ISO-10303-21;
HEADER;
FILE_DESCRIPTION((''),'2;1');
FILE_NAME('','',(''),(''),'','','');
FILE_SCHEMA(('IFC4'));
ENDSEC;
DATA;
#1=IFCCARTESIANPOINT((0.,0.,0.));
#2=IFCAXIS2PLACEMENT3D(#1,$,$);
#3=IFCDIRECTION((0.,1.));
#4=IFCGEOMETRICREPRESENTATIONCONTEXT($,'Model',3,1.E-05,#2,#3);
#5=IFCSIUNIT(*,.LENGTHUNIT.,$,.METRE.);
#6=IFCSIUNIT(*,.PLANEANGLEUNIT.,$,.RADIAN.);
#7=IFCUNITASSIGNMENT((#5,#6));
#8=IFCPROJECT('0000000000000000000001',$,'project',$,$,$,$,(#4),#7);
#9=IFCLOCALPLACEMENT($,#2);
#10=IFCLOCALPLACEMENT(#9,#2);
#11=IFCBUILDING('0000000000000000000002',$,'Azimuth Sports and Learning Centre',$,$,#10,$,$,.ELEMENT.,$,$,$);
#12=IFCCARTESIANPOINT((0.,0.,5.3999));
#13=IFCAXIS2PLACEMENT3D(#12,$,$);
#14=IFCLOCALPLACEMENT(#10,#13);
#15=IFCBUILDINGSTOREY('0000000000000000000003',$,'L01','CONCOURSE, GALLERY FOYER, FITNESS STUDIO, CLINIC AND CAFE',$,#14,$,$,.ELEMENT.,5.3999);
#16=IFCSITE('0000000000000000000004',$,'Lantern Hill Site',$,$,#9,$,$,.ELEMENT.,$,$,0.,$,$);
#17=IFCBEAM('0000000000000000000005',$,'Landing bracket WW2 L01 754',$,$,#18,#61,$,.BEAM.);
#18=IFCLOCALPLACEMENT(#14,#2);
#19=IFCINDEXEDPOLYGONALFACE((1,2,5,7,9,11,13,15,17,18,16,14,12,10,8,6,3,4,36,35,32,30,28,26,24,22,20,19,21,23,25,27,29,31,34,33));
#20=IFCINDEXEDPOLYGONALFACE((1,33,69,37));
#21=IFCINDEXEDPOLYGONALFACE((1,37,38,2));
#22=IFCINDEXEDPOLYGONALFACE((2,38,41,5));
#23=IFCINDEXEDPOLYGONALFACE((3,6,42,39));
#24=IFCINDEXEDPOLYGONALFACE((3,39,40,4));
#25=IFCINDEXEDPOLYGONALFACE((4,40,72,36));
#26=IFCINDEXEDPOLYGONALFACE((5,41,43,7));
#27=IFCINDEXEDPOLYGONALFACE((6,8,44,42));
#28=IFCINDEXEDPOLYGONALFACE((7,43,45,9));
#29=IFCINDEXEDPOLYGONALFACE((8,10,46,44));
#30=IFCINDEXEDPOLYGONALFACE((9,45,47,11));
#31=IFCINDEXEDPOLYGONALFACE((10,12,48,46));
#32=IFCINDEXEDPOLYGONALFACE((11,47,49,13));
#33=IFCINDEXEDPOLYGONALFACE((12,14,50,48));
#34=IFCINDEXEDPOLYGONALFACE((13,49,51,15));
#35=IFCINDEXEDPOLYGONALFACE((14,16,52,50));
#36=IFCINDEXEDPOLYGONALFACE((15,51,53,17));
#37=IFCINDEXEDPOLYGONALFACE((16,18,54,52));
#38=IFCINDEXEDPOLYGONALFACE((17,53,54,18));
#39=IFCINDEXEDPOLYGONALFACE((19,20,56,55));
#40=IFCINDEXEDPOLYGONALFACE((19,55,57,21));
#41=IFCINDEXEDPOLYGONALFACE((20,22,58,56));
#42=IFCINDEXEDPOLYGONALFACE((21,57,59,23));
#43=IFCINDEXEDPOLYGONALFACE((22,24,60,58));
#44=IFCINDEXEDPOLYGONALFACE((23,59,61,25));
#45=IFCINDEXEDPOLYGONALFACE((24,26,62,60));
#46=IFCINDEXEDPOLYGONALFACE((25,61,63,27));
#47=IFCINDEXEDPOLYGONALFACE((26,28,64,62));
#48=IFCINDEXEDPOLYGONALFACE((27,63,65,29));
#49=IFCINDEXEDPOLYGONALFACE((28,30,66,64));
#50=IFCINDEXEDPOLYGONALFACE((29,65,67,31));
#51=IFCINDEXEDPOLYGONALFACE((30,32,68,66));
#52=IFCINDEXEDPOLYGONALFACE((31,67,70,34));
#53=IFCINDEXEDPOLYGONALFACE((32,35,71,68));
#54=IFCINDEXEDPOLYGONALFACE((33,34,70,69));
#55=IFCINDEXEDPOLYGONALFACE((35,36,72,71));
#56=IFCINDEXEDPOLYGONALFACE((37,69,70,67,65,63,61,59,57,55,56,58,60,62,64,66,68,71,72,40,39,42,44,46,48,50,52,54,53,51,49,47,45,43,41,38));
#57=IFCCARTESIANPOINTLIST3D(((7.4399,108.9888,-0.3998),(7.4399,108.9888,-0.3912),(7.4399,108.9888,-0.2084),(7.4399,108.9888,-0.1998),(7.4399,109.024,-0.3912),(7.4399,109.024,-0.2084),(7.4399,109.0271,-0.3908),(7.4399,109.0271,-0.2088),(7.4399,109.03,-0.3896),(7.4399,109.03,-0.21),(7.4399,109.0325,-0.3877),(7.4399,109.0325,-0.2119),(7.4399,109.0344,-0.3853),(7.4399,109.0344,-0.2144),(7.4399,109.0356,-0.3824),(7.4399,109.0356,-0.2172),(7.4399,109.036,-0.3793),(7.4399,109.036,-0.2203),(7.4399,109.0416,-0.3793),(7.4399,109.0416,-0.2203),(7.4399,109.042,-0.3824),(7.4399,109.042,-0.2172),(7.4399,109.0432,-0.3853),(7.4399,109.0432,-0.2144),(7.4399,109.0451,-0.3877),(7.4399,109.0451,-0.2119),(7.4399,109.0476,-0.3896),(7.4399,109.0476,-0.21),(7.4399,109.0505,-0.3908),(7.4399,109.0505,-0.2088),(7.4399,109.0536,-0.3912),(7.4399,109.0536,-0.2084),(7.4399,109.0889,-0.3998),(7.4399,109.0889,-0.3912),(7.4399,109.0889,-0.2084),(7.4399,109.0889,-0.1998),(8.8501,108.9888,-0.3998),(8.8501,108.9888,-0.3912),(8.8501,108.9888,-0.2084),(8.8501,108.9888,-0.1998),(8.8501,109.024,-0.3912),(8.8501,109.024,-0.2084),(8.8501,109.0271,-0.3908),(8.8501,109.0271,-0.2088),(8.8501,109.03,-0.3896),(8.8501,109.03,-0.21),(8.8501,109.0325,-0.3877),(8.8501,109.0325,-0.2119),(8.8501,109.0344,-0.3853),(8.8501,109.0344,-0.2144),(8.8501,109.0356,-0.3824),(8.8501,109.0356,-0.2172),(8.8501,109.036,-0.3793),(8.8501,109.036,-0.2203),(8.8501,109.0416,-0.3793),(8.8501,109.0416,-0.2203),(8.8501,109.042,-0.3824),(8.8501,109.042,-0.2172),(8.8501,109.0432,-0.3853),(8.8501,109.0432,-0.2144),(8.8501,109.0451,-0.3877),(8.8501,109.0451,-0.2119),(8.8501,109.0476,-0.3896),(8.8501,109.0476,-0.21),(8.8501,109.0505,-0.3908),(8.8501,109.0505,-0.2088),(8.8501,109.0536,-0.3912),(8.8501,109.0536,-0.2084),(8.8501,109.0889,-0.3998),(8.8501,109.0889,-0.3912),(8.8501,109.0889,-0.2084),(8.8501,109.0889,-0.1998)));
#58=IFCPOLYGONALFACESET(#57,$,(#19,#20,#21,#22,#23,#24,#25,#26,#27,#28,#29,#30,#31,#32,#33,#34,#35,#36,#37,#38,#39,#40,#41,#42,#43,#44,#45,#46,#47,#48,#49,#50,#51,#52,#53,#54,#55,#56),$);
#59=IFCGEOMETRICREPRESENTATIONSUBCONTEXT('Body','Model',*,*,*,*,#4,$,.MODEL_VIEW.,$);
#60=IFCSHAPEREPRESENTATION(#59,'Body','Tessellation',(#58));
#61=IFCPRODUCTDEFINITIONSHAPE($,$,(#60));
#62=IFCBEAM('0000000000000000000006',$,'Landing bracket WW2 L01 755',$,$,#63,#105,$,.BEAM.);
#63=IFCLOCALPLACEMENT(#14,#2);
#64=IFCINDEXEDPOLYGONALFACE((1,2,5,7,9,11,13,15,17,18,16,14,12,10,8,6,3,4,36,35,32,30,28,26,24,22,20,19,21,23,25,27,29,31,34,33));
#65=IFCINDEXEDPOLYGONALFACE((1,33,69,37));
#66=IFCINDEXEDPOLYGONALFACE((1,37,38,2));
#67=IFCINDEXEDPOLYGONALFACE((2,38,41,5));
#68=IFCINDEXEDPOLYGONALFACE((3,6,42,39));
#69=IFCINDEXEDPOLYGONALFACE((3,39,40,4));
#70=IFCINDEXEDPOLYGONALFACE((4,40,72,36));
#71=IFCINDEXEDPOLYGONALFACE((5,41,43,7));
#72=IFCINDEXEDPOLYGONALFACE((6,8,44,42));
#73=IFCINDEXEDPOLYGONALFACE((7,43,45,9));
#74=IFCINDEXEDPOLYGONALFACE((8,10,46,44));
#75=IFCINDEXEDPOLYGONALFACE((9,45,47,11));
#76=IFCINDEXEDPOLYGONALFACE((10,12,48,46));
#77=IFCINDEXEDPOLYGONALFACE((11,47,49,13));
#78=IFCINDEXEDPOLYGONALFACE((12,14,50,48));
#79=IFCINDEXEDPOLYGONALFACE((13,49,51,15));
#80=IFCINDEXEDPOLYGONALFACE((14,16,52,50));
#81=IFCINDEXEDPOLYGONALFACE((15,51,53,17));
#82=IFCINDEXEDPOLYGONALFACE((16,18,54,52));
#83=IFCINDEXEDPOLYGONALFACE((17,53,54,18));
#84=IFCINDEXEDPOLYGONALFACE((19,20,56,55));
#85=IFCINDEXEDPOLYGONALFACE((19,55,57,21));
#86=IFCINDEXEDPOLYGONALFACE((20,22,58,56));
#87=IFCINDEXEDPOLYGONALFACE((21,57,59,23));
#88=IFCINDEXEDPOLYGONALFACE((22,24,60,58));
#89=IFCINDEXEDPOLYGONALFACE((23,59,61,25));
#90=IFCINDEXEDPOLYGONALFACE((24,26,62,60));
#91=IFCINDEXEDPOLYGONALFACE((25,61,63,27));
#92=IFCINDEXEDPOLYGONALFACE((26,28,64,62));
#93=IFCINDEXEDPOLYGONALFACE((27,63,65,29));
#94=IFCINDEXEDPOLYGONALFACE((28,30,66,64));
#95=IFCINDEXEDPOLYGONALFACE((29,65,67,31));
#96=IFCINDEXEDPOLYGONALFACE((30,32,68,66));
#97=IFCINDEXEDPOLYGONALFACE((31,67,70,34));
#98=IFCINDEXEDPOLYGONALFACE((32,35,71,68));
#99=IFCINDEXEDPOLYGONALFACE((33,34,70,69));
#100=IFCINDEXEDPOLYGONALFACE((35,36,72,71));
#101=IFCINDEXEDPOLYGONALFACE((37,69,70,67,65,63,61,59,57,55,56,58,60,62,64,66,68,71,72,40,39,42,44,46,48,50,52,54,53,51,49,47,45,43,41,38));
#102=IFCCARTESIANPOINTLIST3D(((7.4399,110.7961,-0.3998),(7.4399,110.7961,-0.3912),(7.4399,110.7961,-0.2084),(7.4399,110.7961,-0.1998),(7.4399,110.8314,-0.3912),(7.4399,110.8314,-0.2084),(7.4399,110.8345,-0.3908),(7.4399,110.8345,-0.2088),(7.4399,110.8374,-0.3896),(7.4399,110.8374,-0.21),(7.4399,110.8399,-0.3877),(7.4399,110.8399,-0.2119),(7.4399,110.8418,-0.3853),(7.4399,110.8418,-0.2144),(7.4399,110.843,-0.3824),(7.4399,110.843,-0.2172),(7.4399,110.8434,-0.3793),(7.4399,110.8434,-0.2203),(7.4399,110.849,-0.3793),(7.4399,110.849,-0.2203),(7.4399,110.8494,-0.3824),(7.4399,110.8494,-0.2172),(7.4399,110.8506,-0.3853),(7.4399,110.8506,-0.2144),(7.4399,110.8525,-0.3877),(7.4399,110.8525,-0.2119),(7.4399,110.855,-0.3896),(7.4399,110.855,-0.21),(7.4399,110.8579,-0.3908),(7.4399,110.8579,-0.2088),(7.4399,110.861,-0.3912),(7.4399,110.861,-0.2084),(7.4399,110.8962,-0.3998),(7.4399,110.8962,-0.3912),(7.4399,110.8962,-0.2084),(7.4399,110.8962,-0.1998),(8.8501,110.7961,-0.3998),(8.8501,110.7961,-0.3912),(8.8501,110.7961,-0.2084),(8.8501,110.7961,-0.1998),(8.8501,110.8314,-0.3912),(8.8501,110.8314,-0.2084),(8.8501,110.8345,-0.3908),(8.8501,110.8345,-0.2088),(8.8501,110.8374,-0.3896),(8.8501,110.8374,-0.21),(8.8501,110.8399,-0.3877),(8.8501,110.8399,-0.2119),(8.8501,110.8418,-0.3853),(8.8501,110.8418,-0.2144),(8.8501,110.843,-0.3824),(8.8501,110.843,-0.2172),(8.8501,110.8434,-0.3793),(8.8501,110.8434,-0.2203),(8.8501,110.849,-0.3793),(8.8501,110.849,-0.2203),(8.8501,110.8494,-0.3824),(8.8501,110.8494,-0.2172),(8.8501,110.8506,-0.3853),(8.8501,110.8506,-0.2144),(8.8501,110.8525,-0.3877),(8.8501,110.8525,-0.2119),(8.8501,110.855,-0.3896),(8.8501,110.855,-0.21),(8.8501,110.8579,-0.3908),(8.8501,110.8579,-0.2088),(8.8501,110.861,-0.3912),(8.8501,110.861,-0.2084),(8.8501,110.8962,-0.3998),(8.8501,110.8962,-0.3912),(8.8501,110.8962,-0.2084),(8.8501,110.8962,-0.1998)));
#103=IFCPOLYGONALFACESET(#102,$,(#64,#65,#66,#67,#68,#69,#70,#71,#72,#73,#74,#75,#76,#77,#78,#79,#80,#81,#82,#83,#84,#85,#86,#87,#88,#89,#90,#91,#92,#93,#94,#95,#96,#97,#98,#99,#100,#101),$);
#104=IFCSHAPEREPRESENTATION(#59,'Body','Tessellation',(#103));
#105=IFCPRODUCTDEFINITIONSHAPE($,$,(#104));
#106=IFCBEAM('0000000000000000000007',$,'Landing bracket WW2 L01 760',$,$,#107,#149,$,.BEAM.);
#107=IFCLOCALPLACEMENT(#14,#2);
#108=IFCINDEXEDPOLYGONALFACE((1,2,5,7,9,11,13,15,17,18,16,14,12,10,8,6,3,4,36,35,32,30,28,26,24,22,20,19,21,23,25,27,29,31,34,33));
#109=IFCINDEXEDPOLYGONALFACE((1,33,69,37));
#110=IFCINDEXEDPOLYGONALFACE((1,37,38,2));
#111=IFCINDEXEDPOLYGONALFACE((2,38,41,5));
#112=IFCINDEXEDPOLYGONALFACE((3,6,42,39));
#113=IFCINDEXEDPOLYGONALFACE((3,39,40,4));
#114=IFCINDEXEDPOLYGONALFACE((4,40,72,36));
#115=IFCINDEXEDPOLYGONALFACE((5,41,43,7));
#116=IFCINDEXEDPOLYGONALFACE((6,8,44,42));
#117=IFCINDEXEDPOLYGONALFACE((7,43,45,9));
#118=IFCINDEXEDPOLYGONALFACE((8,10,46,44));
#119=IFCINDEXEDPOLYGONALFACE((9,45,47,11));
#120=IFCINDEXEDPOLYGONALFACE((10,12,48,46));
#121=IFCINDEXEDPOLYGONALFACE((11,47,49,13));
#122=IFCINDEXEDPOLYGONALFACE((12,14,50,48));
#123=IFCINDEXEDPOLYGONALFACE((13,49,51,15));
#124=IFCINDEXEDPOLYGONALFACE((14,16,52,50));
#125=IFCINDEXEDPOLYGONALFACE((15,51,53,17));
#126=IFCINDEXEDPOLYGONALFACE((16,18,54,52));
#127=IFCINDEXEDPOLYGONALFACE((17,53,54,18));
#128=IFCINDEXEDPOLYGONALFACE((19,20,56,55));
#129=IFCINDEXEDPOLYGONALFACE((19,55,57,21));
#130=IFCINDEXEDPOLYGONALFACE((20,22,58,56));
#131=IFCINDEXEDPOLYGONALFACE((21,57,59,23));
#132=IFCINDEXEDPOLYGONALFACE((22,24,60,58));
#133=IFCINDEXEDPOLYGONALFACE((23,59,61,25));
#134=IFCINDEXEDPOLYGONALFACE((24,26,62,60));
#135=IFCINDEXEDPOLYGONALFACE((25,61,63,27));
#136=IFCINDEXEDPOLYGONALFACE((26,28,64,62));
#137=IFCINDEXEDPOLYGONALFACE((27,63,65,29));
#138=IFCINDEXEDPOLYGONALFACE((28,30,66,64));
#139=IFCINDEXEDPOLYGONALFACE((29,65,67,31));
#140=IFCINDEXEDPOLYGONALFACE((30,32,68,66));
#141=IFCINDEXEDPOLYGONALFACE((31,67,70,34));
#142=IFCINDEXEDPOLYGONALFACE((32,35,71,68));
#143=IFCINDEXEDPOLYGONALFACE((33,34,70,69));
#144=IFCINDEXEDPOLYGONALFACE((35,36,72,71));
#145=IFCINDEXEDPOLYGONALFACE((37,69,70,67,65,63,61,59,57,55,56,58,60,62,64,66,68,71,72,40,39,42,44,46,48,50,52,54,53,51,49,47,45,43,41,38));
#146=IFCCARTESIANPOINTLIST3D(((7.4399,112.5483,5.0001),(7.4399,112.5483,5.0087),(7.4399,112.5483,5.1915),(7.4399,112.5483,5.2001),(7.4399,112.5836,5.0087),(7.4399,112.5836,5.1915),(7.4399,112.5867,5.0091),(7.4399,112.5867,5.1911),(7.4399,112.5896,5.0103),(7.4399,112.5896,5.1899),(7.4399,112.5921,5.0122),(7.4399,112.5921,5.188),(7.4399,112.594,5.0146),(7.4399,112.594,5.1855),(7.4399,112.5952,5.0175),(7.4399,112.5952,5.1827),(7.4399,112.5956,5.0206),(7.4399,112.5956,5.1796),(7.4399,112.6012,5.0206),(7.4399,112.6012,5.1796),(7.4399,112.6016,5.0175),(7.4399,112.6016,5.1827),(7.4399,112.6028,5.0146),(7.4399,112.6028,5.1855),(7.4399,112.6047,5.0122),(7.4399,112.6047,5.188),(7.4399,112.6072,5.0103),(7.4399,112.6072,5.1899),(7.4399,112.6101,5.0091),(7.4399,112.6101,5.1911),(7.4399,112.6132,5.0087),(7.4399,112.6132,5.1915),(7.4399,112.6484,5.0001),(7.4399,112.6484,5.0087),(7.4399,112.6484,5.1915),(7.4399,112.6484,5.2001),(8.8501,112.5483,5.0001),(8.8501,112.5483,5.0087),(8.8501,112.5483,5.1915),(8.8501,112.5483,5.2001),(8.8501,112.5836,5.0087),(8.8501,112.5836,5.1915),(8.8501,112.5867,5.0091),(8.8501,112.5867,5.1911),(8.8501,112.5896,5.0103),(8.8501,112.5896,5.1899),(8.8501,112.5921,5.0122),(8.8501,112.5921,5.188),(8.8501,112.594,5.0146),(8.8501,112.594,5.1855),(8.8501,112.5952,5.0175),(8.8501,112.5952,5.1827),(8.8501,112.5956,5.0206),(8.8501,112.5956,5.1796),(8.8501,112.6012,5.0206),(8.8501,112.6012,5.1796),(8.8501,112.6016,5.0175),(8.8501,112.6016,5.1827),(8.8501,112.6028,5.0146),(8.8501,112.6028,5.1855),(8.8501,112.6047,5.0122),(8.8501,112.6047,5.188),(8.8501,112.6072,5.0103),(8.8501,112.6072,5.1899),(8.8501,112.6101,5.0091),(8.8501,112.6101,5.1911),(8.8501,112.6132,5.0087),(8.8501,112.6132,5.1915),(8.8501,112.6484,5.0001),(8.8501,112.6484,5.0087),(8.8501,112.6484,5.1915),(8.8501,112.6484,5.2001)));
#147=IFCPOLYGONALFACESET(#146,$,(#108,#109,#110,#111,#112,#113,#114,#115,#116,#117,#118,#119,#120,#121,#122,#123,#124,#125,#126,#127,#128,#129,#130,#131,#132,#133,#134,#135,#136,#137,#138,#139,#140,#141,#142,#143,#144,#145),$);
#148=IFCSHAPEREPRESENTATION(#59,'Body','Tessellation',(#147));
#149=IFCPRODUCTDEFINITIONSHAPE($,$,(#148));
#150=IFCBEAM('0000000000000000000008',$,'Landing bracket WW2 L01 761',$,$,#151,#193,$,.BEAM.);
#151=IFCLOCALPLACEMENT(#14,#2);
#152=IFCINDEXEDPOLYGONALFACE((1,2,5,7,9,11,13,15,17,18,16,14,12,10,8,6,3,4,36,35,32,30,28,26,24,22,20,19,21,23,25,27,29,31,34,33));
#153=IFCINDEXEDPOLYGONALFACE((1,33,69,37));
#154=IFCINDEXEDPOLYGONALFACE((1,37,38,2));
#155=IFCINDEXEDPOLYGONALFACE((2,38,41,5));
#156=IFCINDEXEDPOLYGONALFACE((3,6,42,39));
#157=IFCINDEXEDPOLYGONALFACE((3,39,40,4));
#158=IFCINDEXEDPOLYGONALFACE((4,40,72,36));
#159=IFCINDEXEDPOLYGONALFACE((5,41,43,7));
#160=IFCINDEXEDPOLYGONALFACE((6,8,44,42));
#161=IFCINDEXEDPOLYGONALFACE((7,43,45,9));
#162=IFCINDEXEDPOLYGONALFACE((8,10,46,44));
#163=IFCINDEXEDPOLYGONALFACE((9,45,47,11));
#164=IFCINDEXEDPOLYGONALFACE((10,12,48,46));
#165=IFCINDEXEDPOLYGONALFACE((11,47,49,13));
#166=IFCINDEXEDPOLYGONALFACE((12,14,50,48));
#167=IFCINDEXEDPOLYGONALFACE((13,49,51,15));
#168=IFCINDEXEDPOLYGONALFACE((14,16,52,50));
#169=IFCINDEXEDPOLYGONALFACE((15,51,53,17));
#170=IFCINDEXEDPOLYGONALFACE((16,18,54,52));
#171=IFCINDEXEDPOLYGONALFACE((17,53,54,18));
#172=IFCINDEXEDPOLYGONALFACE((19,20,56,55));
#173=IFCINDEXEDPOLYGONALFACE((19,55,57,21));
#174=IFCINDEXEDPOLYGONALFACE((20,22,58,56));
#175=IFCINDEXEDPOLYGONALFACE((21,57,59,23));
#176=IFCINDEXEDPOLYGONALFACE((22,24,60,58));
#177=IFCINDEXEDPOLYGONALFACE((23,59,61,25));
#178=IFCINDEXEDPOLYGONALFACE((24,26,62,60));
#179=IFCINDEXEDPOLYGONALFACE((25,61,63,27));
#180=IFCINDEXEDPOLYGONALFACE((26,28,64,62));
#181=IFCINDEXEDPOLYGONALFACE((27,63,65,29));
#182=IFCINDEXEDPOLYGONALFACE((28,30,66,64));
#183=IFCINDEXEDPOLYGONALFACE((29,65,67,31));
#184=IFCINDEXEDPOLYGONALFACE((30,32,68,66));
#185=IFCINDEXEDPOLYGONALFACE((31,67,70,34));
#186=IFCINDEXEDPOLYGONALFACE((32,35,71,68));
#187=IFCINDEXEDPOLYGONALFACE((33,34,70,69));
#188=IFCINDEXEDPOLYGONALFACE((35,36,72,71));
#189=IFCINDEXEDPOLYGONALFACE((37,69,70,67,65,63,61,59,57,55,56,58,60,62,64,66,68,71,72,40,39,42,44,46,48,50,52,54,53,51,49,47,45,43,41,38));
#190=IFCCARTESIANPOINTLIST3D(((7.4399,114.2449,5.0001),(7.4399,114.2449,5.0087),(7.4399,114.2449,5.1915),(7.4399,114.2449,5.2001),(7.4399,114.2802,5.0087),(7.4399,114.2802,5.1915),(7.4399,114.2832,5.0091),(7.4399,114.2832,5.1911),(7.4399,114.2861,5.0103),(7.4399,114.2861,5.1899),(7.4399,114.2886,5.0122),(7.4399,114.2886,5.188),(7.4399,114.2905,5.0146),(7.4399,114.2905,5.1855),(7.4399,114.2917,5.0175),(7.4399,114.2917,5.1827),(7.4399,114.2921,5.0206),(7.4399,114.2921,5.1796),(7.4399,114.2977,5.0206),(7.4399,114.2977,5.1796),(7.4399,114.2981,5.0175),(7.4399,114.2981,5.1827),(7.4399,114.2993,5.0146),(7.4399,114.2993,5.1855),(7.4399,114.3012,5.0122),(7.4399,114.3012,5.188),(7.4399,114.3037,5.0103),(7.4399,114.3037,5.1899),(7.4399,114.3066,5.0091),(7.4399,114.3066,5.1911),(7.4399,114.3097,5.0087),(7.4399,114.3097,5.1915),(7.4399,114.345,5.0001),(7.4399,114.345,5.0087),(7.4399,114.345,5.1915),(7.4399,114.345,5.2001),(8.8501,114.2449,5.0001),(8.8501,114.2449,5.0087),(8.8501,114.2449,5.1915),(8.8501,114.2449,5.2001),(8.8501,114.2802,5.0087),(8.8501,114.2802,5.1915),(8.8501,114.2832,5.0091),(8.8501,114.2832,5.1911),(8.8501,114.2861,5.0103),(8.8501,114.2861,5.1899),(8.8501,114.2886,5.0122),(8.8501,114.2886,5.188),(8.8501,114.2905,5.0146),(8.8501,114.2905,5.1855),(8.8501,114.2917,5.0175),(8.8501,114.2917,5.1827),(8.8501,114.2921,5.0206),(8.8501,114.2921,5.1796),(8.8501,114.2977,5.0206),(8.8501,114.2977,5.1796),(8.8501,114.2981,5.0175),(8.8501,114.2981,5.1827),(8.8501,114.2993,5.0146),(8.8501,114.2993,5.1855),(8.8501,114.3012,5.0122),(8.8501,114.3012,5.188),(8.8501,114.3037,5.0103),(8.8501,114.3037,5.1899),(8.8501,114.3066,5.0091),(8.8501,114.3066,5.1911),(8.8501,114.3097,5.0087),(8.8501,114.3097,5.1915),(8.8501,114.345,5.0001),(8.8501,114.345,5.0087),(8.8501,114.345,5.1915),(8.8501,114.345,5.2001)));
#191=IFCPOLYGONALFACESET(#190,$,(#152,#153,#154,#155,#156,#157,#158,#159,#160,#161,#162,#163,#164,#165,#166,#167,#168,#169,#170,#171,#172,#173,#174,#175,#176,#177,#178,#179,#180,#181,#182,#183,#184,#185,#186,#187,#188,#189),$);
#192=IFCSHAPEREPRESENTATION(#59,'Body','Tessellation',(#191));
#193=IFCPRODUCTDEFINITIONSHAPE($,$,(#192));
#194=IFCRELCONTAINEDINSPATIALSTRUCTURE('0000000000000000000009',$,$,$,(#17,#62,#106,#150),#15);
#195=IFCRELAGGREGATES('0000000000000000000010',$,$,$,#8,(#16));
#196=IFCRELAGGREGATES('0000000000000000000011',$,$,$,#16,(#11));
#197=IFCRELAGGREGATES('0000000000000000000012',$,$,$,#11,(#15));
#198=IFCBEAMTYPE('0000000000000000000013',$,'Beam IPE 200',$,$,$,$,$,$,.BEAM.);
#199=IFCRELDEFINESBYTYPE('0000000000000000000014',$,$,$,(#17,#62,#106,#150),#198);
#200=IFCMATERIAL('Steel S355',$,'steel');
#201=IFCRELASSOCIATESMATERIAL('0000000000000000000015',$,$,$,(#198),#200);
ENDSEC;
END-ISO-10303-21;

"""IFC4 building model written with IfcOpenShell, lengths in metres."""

from ifc_helpers import new_model, si_unit, direction, frame, origin, origin_2d, place, context, subcontext, project, spatial, i_section, extrude, material, material_profile, profile_set, type_object, element, save


model = new_model("IFC4")

# Units and contexts
model_context = context("Model", 3, precision=1e-05, world=origin(), true_north=direction((0.0, 1.0)))
body_context = subcontext(model_context, "Body", "Model", "MODEL_VIEW")
ifc_project = project(units=[si_unit("LENGTHUNIT", "METRE"), si_unit("PLANEANGLEUNIT", "RADIAN")], contexts=[model_context])

# Site, building, storey
site_placement = place(None, origin())
site = spatial("IfcSite", under=ifc_project, at=site_placement, Name="Lantern Hill Site", CompositionType="ELEMENT", RefElevation=0.0)
building_placement = place(site_placement, origin())
building = spatial("IfcBuilding", under=site, at=building_placement, Name="Azimuth Sports and Learning Centre", CompositionType="ELEMENT")
storey_placement = place(building_placement, frame((0.0, 0.0, 5.3999)))
storey = spatial("IfcBuildingStorey", under=building, at=storey_placement, Name="L01", Description="CONCOURSE, GALLERY FOYER, FITNESS STUDIO, CLINIC AND CAFE", CompositionType="ELEMENT", Elevation=5.3999)

# Beams
ifc_material_1 = material(Name="Steel S355", Category="steel")
ifc_material_profile_1 = material_profile(ifc_material_1, i_section(OverallWidth=0.1001, OverallDepth=0.2, WebThickness=0.0056, FlangeThickness=0.0085, FilletRadius=0.012, at=origin_2d()), Name="IPE 200")
ifc_profile_set_1 = profile_set([ifc_material_profile_1], Name="Steel S355")
beam_type_1 = type_object("IfcBeamType", Name="Beam IPE 200", PredefinedType="BEAM", material=ifc_profile_set_1)
for number, where, z_axis, x_axis, name in (
    (1, (8.8501, 109.0388, -0.2998), (-1.0, 0.0, 0.0), (0.0, -1.0, 0.0), "Landing bracket WW2 L01 754"),
    (2, (8.8501, 110.8462, -0.2998), (-1.0, 0.0, 0.0), (0.0, -1.0, 0.0), "Landing bracket WW2 L01 755"),
    (3, (8.8501, 112.5984, 5.1001), (-1.0, 0.0, 0.0), (0.0, -1.0, 0.0), "Landing bracket WW2 L01 760"),
    (4, (8.8501, 114.2949, 5.1001), (-1.0, 0.0, 0.0), (0.0, -1.0, 0.0), "Landing bracket WW2 L01 761"),
):
    element("IfcBeam", number, at=place(storey_placement, frame(where, z_axis=z_axis, x_axis=x_axis)), inside=storey, type_object=beam_type_1, Name=name, PredefinedType="BEAM", context=body_context, shape_type="SweptSolid", body=[
        extrude(i_section(OverallWidth=0.1001, OverallDepth=0.2, WebThickness=0.0056, FlangeThickness=0.0085, FilletRadius=0.012, at=origin_2d()), origin(), (0.0, 0.0, 1.0), 1.4102),
    ])

save(model, "model.ifc")
